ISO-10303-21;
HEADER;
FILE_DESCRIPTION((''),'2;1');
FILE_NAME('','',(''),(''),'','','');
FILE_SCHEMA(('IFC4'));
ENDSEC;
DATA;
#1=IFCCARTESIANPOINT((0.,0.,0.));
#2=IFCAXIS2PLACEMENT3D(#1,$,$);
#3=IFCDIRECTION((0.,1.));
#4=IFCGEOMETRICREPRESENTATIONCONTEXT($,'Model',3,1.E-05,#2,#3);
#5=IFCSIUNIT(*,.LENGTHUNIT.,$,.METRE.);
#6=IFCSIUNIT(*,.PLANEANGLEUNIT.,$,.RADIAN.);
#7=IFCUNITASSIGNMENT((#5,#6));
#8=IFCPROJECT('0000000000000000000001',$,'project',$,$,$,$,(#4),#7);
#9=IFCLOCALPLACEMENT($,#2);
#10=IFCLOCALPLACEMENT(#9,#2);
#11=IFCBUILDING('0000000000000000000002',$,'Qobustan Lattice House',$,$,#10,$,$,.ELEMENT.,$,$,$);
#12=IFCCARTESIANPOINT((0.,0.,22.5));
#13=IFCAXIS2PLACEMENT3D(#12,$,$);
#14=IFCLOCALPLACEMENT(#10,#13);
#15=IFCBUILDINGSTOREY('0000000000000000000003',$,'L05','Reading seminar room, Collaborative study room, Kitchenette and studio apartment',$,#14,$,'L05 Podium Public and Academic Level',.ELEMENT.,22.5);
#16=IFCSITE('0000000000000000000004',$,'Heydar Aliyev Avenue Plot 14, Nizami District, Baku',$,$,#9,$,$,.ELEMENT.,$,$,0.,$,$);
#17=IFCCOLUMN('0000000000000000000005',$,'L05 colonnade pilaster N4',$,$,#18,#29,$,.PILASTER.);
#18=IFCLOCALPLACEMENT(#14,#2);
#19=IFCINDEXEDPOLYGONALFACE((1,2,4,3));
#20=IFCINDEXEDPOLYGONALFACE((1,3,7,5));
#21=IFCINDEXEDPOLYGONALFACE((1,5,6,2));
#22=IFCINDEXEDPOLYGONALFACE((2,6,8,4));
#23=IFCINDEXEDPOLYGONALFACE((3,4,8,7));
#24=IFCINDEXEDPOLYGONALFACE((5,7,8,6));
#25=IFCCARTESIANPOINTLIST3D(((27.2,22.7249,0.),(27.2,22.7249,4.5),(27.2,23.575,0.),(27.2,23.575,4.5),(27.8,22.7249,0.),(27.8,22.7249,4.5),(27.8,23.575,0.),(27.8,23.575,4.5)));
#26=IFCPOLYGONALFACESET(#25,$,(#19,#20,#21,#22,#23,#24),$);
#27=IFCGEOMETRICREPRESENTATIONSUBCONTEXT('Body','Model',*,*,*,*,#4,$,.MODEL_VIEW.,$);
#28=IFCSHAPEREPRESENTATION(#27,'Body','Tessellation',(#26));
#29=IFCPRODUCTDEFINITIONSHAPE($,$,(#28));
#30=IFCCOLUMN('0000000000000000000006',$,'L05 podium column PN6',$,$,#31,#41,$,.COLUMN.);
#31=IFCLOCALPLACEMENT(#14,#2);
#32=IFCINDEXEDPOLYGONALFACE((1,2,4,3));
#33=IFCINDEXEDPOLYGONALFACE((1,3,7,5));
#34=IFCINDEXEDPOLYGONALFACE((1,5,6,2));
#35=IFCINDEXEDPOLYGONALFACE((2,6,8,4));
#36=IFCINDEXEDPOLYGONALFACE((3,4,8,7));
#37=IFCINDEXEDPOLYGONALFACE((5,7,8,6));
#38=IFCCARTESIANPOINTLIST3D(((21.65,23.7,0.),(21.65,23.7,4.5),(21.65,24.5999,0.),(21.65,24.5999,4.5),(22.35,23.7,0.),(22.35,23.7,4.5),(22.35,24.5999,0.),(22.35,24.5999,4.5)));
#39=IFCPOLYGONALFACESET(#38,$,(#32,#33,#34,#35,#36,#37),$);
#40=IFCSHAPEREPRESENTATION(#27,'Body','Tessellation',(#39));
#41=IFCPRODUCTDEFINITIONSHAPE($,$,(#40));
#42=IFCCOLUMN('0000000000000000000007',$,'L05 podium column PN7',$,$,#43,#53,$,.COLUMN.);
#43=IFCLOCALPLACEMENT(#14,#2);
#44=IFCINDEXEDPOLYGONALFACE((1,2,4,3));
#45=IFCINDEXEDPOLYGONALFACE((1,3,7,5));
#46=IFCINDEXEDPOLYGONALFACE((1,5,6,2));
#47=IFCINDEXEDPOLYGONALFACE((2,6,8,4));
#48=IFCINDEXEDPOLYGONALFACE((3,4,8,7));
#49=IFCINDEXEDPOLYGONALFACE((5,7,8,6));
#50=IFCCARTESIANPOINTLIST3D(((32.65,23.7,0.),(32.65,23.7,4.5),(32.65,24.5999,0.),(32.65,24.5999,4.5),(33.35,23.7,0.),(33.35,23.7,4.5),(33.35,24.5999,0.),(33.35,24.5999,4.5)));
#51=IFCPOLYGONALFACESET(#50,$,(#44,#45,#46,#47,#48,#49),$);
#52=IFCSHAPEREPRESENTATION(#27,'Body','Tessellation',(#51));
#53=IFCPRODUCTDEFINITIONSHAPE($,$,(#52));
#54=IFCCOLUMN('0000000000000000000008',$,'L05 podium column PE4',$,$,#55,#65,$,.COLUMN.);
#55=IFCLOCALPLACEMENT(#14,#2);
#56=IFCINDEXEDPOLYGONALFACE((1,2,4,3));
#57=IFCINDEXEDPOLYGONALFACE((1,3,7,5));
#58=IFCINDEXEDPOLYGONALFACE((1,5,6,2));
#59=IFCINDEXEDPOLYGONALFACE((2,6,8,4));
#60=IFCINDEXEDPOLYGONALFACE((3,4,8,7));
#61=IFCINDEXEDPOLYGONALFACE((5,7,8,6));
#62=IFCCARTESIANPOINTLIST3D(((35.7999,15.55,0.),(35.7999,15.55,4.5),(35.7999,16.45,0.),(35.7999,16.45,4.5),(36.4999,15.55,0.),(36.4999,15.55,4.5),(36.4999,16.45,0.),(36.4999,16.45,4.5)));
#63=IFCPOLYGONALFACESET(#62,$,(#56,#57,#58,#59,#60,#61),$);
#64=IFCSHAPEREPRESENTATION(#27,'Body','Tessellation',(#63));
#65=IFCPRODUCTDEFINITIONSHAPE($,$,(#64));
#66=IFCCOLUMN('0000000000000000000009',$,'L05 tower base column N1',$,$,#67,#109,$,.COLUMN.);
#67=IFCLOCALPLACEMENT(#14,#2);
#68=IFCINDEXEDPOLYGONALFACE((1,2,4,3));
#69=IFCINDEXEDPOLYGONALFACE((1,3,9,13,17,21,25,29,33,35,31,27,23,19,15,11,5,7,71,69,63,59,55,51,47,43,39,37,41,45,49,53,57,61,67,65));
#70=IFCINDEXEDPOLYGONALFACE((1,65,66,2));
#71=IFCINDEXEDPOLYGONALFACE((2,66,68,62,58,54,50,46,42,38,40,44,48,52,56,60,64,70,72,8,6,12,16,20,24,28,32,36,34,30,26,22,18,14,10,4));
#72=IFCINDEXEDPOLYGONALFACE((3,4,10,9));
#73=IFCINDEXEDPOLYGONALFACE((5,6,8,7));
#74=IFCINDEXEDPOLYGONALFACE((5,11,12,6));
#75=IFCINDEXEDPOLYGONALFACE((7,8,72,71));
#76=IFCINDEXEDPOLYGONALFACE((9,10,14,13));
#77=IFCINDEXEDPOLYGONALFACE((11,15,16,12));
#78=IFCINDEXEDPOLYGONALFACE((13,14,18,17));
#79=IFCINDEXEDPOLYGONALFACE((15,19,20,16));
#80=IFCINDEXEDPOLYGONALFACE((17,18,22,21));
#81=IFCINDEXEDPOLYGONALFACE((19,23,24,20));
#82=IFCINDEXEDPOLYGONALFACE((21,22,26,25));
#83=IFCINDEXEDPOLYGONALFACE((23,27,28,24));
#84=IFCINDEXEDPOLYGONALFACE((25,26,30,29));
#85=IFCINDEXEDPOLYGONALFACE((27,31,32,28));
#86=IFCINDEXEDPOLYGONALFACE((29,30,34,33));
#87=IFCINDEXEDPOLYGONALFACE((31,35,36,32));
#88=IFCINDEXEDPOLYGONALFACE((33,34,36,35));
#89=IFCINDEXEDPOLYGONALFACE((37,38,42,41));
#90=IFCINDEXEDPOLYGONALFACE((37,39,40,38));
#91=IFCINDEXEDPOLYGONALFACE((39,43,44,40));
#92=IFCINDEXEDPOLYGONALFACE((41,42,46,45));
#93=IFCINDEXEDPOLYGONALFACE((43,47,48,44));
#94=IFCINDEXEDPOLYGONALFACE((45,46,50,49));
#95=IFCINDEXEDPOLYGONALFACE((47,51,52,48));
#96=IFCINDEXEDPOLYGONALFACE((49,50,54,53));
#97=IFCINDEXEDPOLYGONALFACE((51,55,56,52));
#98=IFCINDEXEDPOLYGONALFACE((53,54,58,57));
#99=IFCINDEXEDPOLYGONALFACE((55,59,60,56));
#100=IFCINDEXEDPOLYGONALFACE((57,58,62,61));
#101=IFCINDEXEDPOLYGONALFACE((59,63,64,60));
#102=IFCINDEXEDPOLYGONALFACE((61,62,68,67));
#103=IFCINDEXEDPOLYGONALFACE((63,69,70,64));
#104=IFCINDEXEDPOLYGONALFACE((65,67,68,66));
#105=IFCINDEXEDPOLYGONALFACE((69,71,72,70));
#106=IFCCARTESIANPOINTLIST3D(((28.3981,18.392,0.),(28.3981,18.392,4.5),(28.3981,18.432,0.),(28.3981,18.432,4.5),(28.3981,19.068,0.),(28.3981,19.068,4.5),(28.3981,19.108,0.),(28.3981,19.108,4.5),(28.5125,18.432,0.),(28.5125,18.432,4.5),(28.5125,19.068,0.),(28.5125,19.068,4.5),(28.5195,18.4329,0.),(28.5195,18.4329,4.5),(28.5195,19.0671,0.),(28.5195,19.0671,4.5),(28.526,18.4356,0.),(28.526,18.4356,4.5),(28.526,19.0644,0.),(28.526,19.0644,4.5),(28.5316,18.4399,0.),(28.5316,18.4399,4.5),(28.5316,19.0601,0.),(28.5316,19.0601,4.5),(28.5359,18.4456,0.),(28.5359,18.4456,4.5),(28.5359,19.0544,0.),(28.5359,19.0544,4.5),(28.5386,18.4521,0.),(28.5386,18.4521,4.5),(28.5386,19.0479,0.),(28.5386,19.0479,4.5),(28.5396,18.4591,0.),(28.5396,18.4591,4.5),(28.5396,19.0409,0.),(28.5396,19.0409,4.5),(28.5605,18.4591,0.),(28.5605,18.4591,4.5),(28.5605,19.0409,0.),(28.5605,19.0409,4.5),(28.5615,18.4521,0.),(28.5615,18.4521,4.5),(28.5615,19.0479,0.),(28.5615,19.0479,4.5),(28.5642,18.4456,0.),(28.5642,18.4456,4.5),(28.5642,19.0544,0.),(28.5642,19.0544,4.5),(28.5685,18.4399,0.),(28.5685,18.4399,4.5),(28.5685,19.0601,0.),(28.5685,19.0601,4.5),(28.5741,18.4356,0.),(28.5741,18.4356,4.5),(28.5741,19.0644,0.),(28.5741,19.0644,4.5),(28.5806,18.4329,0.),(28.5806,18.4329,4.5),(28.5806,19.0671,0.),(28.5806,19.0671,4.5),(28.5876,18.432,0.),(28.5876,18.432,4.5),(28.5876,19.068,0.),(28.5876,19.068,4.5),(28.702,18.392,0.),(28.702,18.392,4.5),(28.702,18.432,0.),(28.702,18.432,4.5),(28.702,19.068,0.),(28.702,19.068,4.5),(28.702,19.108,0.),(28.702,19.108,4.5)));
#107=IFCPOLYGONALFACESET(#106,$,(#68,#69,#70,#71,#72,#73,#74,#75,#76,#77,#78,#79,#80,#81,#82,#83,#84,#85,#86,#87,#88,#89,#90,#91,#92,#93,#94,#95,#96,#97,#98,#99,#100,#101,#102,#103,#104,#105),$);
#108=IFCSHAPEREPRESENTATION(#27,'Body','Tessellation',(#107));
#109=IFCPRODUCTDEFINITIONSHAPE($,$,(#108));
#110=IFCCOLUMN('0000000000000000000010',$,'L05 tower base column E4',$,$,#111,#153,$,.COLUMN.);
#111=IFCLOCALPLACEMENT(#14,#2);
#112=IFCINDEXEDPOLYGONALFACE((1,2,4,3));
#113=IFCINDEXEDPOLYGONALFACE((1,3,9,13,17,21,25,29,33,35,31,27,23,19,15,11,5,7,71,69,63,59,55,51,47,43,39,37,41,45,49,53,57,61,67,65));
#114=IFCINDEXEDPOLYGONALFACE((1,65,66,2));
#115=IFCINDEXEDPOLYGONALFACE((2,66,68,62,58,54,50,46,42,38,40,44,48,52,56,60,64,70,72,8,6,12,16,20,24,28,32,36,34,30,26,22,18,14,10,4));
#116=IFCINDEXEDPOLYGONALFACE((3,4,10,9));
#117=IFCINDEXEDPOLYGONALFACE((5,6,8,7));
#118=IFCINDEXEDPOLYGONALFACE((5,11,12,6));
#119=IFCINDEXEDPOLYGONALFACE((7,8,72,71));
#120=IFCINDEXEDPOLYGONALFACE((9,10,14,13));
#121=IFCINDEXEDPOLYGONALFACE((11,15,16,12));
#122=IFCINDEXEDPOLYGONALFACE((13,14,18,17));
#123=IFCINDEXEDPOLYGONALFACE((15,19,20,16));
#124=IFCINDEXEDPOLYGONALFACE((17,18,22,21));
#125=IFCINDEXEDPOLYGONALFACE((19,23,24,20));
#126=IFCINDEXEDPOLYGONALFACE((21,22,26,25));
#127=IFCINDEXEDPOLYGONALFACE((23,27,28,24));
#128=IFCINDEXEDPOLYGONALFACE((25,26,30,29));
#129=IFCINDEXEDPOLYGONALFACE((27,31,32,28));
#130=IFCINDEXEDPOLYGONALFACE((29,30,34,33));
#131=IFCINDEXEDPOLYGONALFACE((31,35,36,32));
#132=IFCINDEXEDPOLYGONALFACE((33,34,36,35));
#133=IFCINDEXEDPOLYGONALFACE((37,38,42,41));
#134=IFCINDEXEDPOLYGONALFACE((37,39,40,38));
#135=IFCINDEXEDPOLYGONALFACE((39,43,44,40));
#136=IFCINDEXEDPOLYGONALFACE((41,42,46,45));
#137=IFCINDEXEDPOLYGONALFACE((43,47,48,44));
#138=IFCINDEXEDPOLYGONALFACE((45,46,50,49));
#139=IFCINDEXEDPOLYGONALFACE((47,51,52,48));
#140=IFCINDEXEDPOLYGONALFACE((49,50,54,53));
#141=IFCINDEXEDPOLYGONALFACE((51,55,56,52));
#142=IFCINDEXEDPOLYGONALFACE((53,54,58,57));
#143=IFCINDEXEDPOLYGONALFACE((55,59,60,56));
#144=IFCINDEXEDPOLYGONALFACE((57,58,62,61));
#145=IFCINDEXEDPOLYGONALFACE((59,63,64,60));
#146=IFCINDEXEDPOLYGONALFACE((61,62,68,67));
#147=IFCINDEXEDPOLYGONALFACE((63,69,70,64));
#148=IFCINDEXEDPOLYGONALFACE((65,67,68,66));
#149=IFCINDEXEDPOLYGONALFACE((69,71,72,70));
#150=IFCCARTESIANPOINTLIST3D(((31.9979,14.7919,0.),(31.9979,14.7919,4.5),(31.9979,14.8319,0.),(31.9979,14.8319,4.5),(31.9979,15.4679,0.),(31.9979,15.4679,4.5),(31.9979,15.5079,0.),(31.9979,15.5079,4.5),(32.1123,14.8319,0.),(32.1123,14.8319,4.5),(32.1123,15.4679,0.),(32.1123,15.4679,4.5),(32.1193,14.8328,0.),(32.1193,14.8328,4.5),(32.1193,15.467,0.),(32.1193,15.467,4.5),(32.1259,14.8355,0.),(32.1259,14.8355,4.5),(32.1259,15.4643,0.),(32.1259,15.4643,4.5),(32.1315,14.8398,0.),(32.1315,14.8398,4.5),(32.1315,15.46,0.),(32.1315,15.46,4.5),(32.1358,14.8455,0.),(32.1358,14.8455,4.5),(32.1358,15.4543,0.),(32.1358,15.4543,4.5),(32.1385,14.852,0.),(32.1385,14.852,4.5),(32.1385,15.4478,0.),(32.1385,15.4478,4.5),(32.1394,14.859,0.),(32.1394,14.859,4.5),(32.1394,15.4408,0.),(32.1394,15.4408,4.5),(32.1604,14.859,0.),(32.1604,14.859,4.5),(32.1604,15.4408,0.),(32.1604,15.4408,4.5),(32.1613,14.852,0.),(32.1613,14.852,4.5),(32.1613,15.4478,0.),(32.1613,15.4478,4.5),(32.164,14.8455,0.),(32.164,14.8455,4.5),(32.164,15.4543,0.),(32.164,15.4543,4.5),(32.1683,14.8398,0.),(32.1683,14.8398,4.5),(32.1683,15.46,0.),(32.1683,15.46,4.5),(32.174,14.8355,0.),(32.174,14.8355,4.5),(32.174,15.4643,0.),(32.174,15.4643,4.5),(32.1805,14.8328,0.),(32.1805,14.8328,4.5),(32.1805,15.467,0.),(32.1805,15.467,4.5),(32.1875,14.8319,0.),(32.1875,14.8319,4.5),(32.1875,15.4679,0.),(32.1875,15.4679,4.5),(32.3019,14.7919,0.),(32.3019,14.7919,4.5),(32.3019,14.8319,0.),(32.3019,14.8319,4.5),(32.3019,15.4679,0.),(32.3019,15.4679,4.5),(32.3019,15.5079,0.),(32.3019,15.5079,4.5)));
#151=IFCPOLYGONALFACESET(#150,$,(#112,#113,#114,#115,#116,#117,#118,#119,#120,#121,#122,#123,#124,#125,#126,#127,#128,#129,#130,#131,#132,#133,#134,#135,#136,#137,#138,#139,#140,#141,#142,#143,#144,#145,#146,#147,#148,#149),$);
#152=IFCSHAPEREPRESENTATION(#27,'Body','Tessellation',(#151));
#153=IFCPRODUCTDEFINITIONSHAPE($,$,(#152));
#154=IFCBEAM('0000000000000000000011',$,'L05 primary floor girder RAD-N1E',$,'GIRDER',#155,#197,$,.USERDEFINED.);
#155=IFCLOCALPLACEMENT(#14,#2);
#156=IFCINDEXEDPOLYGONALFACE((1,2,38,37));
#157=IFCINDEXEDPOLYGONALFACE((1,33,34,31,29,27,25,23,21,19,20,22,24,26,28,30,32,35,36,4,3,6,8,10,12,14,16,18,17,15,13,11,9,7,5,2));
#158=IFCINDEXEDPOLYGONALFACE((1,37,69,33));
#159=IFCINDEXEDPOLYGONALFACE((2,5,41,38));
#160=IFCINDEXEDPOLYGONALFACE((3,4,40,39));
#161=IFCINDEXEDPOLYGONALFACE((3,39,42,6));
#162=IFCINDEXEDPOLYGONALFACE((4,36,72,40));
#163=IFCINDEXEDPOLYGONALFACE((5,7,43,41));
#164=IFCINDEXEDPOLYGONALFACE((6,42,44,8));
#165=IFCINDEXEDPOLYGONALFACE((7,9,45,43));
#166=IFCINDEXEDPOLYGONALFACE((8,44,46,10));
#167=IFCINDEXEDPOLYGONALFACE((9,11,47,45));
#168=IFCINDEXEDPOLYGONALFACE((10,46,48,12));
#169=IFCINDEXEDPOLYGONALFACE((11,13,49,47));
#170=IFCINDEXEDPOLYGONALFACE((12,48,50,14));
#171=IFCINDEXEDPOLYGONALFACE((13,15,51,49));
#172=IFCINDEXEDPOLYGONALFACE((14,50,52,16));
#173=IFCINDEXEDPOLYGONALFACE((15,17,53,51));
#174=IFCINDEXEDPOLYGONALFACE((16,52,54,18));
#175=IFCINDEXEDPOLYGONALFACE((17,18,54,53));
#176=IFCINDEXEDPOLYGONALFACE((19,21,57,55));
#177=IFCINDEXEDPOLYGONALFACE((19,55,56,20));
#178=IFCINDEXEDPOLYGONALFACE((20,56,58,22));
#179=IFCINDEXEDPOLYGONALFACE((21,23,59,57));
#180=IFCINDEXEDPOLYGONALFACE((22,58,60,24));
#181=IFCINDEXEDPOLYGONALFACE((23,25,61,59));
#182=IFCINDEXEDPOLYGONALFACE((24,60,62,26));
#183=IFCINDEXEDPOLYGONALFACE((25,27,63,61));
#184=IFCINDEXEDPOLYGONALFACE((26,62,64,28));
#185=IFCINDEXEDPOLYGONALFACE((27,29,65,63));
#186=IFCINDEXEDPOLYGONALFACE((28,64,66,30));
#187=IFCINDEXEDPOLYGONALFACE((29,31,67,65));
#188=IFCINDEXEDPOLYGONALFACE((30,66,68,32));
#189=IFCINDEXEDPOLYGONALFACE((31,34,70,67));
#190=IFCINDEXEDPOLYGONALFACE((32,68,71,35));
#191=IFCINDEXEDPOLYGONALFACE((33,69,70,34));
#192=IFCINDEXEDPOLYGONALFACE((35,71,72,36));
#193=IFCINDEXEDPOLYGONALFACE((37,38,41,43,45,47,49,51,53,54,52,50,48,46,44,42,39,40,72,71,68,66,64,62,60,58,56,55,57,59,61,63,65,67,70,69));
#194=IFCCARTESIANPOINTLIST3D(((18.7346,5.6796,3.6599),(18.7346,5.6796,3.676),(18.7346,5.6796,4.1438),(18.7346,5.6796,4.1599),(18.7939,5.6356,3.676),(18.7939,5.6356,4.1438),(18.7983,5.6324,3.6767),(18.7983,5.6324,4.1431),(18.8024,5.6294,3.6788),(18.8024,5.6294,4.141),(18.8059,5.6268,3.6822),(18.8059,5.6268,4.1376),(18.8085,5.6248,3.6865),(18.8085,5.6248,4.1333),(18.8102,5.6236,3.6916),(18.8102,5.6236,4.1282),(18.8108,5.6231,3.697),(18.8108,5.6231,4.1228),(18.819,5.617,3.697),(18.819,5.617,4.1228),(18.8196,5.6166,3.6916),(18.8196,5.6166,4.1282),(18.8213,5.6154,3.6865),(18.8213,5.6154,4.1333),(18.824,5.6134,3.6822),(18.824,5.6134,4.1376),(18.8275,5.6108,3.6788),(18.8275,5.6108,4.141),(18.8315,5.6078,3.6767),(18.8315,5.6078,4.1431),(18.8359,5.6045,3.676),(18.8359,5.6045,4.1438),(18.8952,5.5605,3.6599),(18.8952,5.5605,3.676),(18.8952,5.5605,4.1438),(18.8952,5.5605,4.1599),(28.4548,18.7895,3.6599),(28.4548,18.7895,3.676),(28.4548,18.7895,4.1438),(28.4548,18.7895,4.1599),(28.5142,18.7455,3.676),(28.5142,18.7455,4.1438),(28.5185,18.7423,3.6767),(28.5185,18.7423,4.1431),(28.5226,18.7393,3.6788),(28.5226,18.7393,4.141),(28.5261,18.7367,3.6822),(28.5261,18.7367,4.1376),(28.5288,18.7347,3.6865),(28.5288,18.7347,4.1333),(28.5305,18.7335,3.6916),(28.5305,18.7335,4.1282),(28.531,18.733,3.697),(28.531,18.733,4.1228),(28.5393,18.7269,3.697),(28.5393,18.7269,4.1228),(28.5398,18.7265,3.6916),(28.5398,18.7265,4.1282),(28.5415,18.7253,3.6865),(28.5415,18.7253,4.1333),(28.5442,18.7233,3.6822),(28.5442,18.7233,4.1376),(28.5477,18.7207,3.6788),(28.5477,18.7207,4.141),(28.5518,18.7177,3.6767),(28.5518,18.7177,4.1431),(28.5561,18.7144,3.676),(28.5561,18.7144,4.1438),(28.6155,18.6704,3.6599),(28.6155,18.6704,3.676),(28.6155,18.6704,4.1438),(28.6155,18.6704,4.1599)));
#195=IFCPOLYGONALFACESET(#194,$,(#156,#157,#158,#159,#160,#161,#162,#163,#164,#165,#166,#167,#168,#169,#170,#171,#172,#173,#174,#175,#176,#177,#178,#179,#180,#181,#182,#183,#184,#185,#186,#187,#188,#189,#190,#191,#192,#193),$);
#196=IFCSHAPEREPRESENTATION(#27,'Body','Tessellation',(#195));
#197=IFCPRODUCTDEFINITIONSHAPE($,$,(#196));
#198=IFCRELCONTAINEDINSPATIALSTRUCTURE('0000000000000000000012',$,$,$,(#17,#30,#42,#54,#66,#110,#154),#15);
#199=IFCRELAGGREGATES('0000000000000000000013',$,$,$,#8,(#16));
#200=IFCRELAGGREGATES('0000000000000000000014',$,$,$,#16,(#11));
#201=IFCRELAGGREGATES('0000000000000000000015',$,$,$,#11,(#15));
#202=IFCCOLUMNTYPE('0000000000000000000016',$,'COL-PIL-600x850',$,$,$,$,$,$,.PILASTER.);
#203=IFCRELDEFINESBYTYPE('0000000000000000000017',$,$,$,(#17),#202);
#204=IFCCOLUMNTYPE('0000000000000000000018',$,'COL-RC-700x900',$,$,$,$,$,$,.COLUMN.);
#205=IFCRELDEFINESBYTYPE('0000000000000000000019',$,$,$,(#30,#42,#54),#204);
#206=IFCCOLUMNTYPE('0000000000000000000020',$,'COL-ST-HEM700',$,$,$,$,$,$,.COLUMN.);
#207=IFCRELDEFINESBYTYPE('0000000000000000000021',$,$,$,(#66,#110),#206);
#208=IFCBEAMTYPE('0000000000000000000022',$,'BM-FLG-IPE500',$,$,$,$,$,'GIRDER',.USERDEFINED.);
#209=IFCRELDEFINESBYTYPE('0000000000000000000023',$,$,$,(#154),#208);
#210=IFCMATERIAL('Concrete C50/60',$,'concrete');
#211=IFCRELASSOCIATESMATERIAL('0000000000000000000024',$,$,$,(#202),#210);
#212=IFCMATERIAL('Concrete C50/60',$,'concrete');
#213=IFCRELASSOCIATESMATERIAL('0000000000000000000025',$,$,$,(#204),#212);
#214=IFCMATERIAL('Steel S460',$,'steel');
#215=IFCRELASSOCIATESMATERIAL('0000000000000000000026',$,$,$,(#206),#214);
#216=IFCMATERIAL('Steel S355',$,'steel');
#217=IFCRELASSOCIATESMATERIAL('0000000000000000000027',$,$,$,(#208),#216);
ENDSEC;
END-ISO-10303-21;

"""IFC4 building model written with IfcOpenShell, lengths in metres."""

from ifc_helpers import new_model, si_unit, direction, frame, origin, origin_2d, place, context, subcontext, project, spatial, rectangle, i_section, extrude, material, material_profile, profile_set, type_object, element, save


model = new_model("IFC4")

# Units and contexts
model_context = context("Model", 3, precision=1e-05, world=origin(), true_north=direction((0.0, 1.0)))
body_context = subcontext(model_context, "Body", "Model", "MODEL_VIEW")
ifc_project = project(units=[si_unit("LENGTHUNIT", "METRE"), si_unit("PLANEANGLEUNIT", "RADIAN")], contexts=[model_context])

# Site, building, storey
site_placement = place(None, origin())
site = spatial("IfcSite", under=ifc_project, at=site_placement, Name="Heydar Aliyev Avenue Plot 14, Nizami District, Baku", CompositionType="ELEMENT", RefElevation=0.0)
building_placement = place(site_placement, origin())
building = spatial("IfcBuilding", under=site, at=building_placement, Name="Qobustan Lattice House", CompositionType="ELEMENT")
storey_placement = place(building_placement, frame((0.0, 0.0, 22.5)))
storey = spatial("IfcBuildingStorey", under=building, at=storey_placement, Name="L05", Description="Reading seminar room, Collaborative study room, Kitchenette and studio apartment", LongName="L05 Podium Public and Academic Level", CompositionType="ELEMENT", Elevation=22.5)

# Columns
ifc_material_1 = material(Name="Concrete C50/60", Category="concrete")
ifc_material_profile_1 = material_profile(ifc_material_1, rectangle(XDim=0.6001, YDim=0.8501, at=origin_2d()), Name="RC600x850")
ifc_profile_set_1 = profile_set([ifc_material_profile_1], Name="Concrete C50/60")
column_type_1 = type_object("IfcColumnType", Name="COL-PIL-600x850", PredefinedType="PILASTER", material=ifc_profile_set_1)
column_placement = place(storey_placement, frame((27.5, 23.1499, 0.0), z_axis=(0.0, 0.0, 1.0), x_axis=(1.0, 0.0, 0.0)))
element("IfcColumn", 1, at=column_placement, inside=storey, type_object=column_type_1, Name="L05 colonnade pilaster N4", PredefinedType="PILASTER", context=body_context, shape_type="SweptSolid", body=[
    extrude(rectangle(XDim=0.6001, YDim=0.8501, at=origin_2d()), origin(), (0.0, 0.0, 1.0), 4.5),
])
ifc_material_2 = material(Name="Concrete C50/60", Category="concrete")
ifc_material_profile_2 = material_profile(ifc_material_2, rectangle(XDim=0.7, YDim=0.8999, at=origin_2d()), Name="RC700x900")
ifc_profile_set_2 = profile_set([ifc_material_profile_2], Name="Concrete C50/60")
column_type_2 = type_object("IfcColumnType", Name="COL-RC-700x900", PredefinedType="COLUMN", material=ifc_profile_set_2)
for number, where, z_axis, x_axis, name in (
    (2, (22.0, 24.1499, 0.0), (0.0, 0.0, 1.0), (1.0, 0.0, 0.0), "L05 podium column PN6"),
    (3, (33.0, 24.1499, 0.0), (0.0, 0.0, 1.0), (1.0, 0.0, 0.0), "L05 podium column PN7"),
    (4, (36.1499, 16.0, 0.0), (0.0, 0.0, 1.0), (1.0, 0.0, 0.0), "L05 podium column PE4"),
):
    element("IfcColumn", number, at=place(storey_placement, frame(where, z_axis=z_axis, x_axis=x_axis)), inside=storey, type_object=column_type_2, Name=name, PredefinedType="COLUMN", context=body_context, shape_type="SweptSolid", body=[
        extrude(rectangle(XDim=0.7, YDim=0.8999, at=origin_2d()), origin(), (0.0, 0.0, 1.0), 4.5),
    ])
ifc_material_3 = material(Name="Steel S460", Category="steel")
ifc_material_profile_3 = material_profile(ifc_material_3, i_section(OverallWidth=0.304, OverallDepth=0.7161, WebThickness=0.021, FlangeThickness=0.04, FilletRadius=0.0271, at=origin_2d()), Name="HEM700")
ifc_profile_set_3 = profile_set([ifc_material_profile_3], Name="Steel S460")
column_type_3 = type_object("IfcColumnType", Name="COL-ST-HEM700", PredefinedType="COLUMN", material=ifc_profile_set_3)
for number, where, z_axis, x_axis, name in (
    (5, (28.55, 18.75, 0.0), (0.0, 0.0, 1.0), (1.0, 0.0, 0.0), "L05 tower base column N1"),
    (6, (32.1499, 15.1499, 0.0), (0.0, 0.0, 1.0), (1.0, 0.0, 0.0), "L05 tower base column E4"),
):
    element("IfcColumn", number, at=place(storey_placement, frame(where, z_axis=z_axis, x_axis=x_axis)), inside=storey, type_object=column_type_3, Name=name, PredefinedType="COLUMN", context=body_context, shape_type="SweptSolid", body=[
        extrude(i_section(OverallWidth=0.304, OverallDepth=0.7161, WebThickness=0.021, FlangeThickness=0.04, FilletRadius=0.0271, at=origin_2d()), origin(), (0.0, 0.0, 1.0), 4.5),
    ])

# Beam
ifc_material_4 = material(Name="Steel S355", Category="steel")
ifc_material_profile_4 = material_profile(ifc_material_4, i_section(OverallWidth=0.2, OverallDepth=0.5, WebThickness=0.0103, FlangeThickness=0.0161, FilletRadius=0.021, at=origin_2d()), Name="IPE500")
ifc_profile_set_4 = profile_set([ifc_material_profile_4], Name="Steel S355")
beam_type_1 = type_object("IfcBeamType", Name="BM-FLG-IPE500", ElementType="GIRDER", PredefinedType="USERDEFINED", material=ifc_profile_set_4)
beam_1_placement = place(storey_placement, frame((28.5352, 18.73, 3.9099), z_axis=(-0.595592, -0.803287, 0.0), x_axis=(0.803287, -0.595592, 0.0)))
element("IfcBeam", 7, at=beam_1_placement, inside=storey, type_object=beam_type_1, Name="L05 primary floor girder RAD-N1E", ObjectType="GIRDER", PredefinedType="USERDEFINED", context=body_context, shape_type="SweptSolid", body=[
    extrude(i_section(OverallWidth=0.2, OverallDepth=0.5, WebThickness=0.0103, FlangeThickness=0.0161, FilletRadius=0.021, at=origin_2d()), origin(), (0.0, 0.0, 1.0), 16.3203),
])

save(model, "model.ifc")
